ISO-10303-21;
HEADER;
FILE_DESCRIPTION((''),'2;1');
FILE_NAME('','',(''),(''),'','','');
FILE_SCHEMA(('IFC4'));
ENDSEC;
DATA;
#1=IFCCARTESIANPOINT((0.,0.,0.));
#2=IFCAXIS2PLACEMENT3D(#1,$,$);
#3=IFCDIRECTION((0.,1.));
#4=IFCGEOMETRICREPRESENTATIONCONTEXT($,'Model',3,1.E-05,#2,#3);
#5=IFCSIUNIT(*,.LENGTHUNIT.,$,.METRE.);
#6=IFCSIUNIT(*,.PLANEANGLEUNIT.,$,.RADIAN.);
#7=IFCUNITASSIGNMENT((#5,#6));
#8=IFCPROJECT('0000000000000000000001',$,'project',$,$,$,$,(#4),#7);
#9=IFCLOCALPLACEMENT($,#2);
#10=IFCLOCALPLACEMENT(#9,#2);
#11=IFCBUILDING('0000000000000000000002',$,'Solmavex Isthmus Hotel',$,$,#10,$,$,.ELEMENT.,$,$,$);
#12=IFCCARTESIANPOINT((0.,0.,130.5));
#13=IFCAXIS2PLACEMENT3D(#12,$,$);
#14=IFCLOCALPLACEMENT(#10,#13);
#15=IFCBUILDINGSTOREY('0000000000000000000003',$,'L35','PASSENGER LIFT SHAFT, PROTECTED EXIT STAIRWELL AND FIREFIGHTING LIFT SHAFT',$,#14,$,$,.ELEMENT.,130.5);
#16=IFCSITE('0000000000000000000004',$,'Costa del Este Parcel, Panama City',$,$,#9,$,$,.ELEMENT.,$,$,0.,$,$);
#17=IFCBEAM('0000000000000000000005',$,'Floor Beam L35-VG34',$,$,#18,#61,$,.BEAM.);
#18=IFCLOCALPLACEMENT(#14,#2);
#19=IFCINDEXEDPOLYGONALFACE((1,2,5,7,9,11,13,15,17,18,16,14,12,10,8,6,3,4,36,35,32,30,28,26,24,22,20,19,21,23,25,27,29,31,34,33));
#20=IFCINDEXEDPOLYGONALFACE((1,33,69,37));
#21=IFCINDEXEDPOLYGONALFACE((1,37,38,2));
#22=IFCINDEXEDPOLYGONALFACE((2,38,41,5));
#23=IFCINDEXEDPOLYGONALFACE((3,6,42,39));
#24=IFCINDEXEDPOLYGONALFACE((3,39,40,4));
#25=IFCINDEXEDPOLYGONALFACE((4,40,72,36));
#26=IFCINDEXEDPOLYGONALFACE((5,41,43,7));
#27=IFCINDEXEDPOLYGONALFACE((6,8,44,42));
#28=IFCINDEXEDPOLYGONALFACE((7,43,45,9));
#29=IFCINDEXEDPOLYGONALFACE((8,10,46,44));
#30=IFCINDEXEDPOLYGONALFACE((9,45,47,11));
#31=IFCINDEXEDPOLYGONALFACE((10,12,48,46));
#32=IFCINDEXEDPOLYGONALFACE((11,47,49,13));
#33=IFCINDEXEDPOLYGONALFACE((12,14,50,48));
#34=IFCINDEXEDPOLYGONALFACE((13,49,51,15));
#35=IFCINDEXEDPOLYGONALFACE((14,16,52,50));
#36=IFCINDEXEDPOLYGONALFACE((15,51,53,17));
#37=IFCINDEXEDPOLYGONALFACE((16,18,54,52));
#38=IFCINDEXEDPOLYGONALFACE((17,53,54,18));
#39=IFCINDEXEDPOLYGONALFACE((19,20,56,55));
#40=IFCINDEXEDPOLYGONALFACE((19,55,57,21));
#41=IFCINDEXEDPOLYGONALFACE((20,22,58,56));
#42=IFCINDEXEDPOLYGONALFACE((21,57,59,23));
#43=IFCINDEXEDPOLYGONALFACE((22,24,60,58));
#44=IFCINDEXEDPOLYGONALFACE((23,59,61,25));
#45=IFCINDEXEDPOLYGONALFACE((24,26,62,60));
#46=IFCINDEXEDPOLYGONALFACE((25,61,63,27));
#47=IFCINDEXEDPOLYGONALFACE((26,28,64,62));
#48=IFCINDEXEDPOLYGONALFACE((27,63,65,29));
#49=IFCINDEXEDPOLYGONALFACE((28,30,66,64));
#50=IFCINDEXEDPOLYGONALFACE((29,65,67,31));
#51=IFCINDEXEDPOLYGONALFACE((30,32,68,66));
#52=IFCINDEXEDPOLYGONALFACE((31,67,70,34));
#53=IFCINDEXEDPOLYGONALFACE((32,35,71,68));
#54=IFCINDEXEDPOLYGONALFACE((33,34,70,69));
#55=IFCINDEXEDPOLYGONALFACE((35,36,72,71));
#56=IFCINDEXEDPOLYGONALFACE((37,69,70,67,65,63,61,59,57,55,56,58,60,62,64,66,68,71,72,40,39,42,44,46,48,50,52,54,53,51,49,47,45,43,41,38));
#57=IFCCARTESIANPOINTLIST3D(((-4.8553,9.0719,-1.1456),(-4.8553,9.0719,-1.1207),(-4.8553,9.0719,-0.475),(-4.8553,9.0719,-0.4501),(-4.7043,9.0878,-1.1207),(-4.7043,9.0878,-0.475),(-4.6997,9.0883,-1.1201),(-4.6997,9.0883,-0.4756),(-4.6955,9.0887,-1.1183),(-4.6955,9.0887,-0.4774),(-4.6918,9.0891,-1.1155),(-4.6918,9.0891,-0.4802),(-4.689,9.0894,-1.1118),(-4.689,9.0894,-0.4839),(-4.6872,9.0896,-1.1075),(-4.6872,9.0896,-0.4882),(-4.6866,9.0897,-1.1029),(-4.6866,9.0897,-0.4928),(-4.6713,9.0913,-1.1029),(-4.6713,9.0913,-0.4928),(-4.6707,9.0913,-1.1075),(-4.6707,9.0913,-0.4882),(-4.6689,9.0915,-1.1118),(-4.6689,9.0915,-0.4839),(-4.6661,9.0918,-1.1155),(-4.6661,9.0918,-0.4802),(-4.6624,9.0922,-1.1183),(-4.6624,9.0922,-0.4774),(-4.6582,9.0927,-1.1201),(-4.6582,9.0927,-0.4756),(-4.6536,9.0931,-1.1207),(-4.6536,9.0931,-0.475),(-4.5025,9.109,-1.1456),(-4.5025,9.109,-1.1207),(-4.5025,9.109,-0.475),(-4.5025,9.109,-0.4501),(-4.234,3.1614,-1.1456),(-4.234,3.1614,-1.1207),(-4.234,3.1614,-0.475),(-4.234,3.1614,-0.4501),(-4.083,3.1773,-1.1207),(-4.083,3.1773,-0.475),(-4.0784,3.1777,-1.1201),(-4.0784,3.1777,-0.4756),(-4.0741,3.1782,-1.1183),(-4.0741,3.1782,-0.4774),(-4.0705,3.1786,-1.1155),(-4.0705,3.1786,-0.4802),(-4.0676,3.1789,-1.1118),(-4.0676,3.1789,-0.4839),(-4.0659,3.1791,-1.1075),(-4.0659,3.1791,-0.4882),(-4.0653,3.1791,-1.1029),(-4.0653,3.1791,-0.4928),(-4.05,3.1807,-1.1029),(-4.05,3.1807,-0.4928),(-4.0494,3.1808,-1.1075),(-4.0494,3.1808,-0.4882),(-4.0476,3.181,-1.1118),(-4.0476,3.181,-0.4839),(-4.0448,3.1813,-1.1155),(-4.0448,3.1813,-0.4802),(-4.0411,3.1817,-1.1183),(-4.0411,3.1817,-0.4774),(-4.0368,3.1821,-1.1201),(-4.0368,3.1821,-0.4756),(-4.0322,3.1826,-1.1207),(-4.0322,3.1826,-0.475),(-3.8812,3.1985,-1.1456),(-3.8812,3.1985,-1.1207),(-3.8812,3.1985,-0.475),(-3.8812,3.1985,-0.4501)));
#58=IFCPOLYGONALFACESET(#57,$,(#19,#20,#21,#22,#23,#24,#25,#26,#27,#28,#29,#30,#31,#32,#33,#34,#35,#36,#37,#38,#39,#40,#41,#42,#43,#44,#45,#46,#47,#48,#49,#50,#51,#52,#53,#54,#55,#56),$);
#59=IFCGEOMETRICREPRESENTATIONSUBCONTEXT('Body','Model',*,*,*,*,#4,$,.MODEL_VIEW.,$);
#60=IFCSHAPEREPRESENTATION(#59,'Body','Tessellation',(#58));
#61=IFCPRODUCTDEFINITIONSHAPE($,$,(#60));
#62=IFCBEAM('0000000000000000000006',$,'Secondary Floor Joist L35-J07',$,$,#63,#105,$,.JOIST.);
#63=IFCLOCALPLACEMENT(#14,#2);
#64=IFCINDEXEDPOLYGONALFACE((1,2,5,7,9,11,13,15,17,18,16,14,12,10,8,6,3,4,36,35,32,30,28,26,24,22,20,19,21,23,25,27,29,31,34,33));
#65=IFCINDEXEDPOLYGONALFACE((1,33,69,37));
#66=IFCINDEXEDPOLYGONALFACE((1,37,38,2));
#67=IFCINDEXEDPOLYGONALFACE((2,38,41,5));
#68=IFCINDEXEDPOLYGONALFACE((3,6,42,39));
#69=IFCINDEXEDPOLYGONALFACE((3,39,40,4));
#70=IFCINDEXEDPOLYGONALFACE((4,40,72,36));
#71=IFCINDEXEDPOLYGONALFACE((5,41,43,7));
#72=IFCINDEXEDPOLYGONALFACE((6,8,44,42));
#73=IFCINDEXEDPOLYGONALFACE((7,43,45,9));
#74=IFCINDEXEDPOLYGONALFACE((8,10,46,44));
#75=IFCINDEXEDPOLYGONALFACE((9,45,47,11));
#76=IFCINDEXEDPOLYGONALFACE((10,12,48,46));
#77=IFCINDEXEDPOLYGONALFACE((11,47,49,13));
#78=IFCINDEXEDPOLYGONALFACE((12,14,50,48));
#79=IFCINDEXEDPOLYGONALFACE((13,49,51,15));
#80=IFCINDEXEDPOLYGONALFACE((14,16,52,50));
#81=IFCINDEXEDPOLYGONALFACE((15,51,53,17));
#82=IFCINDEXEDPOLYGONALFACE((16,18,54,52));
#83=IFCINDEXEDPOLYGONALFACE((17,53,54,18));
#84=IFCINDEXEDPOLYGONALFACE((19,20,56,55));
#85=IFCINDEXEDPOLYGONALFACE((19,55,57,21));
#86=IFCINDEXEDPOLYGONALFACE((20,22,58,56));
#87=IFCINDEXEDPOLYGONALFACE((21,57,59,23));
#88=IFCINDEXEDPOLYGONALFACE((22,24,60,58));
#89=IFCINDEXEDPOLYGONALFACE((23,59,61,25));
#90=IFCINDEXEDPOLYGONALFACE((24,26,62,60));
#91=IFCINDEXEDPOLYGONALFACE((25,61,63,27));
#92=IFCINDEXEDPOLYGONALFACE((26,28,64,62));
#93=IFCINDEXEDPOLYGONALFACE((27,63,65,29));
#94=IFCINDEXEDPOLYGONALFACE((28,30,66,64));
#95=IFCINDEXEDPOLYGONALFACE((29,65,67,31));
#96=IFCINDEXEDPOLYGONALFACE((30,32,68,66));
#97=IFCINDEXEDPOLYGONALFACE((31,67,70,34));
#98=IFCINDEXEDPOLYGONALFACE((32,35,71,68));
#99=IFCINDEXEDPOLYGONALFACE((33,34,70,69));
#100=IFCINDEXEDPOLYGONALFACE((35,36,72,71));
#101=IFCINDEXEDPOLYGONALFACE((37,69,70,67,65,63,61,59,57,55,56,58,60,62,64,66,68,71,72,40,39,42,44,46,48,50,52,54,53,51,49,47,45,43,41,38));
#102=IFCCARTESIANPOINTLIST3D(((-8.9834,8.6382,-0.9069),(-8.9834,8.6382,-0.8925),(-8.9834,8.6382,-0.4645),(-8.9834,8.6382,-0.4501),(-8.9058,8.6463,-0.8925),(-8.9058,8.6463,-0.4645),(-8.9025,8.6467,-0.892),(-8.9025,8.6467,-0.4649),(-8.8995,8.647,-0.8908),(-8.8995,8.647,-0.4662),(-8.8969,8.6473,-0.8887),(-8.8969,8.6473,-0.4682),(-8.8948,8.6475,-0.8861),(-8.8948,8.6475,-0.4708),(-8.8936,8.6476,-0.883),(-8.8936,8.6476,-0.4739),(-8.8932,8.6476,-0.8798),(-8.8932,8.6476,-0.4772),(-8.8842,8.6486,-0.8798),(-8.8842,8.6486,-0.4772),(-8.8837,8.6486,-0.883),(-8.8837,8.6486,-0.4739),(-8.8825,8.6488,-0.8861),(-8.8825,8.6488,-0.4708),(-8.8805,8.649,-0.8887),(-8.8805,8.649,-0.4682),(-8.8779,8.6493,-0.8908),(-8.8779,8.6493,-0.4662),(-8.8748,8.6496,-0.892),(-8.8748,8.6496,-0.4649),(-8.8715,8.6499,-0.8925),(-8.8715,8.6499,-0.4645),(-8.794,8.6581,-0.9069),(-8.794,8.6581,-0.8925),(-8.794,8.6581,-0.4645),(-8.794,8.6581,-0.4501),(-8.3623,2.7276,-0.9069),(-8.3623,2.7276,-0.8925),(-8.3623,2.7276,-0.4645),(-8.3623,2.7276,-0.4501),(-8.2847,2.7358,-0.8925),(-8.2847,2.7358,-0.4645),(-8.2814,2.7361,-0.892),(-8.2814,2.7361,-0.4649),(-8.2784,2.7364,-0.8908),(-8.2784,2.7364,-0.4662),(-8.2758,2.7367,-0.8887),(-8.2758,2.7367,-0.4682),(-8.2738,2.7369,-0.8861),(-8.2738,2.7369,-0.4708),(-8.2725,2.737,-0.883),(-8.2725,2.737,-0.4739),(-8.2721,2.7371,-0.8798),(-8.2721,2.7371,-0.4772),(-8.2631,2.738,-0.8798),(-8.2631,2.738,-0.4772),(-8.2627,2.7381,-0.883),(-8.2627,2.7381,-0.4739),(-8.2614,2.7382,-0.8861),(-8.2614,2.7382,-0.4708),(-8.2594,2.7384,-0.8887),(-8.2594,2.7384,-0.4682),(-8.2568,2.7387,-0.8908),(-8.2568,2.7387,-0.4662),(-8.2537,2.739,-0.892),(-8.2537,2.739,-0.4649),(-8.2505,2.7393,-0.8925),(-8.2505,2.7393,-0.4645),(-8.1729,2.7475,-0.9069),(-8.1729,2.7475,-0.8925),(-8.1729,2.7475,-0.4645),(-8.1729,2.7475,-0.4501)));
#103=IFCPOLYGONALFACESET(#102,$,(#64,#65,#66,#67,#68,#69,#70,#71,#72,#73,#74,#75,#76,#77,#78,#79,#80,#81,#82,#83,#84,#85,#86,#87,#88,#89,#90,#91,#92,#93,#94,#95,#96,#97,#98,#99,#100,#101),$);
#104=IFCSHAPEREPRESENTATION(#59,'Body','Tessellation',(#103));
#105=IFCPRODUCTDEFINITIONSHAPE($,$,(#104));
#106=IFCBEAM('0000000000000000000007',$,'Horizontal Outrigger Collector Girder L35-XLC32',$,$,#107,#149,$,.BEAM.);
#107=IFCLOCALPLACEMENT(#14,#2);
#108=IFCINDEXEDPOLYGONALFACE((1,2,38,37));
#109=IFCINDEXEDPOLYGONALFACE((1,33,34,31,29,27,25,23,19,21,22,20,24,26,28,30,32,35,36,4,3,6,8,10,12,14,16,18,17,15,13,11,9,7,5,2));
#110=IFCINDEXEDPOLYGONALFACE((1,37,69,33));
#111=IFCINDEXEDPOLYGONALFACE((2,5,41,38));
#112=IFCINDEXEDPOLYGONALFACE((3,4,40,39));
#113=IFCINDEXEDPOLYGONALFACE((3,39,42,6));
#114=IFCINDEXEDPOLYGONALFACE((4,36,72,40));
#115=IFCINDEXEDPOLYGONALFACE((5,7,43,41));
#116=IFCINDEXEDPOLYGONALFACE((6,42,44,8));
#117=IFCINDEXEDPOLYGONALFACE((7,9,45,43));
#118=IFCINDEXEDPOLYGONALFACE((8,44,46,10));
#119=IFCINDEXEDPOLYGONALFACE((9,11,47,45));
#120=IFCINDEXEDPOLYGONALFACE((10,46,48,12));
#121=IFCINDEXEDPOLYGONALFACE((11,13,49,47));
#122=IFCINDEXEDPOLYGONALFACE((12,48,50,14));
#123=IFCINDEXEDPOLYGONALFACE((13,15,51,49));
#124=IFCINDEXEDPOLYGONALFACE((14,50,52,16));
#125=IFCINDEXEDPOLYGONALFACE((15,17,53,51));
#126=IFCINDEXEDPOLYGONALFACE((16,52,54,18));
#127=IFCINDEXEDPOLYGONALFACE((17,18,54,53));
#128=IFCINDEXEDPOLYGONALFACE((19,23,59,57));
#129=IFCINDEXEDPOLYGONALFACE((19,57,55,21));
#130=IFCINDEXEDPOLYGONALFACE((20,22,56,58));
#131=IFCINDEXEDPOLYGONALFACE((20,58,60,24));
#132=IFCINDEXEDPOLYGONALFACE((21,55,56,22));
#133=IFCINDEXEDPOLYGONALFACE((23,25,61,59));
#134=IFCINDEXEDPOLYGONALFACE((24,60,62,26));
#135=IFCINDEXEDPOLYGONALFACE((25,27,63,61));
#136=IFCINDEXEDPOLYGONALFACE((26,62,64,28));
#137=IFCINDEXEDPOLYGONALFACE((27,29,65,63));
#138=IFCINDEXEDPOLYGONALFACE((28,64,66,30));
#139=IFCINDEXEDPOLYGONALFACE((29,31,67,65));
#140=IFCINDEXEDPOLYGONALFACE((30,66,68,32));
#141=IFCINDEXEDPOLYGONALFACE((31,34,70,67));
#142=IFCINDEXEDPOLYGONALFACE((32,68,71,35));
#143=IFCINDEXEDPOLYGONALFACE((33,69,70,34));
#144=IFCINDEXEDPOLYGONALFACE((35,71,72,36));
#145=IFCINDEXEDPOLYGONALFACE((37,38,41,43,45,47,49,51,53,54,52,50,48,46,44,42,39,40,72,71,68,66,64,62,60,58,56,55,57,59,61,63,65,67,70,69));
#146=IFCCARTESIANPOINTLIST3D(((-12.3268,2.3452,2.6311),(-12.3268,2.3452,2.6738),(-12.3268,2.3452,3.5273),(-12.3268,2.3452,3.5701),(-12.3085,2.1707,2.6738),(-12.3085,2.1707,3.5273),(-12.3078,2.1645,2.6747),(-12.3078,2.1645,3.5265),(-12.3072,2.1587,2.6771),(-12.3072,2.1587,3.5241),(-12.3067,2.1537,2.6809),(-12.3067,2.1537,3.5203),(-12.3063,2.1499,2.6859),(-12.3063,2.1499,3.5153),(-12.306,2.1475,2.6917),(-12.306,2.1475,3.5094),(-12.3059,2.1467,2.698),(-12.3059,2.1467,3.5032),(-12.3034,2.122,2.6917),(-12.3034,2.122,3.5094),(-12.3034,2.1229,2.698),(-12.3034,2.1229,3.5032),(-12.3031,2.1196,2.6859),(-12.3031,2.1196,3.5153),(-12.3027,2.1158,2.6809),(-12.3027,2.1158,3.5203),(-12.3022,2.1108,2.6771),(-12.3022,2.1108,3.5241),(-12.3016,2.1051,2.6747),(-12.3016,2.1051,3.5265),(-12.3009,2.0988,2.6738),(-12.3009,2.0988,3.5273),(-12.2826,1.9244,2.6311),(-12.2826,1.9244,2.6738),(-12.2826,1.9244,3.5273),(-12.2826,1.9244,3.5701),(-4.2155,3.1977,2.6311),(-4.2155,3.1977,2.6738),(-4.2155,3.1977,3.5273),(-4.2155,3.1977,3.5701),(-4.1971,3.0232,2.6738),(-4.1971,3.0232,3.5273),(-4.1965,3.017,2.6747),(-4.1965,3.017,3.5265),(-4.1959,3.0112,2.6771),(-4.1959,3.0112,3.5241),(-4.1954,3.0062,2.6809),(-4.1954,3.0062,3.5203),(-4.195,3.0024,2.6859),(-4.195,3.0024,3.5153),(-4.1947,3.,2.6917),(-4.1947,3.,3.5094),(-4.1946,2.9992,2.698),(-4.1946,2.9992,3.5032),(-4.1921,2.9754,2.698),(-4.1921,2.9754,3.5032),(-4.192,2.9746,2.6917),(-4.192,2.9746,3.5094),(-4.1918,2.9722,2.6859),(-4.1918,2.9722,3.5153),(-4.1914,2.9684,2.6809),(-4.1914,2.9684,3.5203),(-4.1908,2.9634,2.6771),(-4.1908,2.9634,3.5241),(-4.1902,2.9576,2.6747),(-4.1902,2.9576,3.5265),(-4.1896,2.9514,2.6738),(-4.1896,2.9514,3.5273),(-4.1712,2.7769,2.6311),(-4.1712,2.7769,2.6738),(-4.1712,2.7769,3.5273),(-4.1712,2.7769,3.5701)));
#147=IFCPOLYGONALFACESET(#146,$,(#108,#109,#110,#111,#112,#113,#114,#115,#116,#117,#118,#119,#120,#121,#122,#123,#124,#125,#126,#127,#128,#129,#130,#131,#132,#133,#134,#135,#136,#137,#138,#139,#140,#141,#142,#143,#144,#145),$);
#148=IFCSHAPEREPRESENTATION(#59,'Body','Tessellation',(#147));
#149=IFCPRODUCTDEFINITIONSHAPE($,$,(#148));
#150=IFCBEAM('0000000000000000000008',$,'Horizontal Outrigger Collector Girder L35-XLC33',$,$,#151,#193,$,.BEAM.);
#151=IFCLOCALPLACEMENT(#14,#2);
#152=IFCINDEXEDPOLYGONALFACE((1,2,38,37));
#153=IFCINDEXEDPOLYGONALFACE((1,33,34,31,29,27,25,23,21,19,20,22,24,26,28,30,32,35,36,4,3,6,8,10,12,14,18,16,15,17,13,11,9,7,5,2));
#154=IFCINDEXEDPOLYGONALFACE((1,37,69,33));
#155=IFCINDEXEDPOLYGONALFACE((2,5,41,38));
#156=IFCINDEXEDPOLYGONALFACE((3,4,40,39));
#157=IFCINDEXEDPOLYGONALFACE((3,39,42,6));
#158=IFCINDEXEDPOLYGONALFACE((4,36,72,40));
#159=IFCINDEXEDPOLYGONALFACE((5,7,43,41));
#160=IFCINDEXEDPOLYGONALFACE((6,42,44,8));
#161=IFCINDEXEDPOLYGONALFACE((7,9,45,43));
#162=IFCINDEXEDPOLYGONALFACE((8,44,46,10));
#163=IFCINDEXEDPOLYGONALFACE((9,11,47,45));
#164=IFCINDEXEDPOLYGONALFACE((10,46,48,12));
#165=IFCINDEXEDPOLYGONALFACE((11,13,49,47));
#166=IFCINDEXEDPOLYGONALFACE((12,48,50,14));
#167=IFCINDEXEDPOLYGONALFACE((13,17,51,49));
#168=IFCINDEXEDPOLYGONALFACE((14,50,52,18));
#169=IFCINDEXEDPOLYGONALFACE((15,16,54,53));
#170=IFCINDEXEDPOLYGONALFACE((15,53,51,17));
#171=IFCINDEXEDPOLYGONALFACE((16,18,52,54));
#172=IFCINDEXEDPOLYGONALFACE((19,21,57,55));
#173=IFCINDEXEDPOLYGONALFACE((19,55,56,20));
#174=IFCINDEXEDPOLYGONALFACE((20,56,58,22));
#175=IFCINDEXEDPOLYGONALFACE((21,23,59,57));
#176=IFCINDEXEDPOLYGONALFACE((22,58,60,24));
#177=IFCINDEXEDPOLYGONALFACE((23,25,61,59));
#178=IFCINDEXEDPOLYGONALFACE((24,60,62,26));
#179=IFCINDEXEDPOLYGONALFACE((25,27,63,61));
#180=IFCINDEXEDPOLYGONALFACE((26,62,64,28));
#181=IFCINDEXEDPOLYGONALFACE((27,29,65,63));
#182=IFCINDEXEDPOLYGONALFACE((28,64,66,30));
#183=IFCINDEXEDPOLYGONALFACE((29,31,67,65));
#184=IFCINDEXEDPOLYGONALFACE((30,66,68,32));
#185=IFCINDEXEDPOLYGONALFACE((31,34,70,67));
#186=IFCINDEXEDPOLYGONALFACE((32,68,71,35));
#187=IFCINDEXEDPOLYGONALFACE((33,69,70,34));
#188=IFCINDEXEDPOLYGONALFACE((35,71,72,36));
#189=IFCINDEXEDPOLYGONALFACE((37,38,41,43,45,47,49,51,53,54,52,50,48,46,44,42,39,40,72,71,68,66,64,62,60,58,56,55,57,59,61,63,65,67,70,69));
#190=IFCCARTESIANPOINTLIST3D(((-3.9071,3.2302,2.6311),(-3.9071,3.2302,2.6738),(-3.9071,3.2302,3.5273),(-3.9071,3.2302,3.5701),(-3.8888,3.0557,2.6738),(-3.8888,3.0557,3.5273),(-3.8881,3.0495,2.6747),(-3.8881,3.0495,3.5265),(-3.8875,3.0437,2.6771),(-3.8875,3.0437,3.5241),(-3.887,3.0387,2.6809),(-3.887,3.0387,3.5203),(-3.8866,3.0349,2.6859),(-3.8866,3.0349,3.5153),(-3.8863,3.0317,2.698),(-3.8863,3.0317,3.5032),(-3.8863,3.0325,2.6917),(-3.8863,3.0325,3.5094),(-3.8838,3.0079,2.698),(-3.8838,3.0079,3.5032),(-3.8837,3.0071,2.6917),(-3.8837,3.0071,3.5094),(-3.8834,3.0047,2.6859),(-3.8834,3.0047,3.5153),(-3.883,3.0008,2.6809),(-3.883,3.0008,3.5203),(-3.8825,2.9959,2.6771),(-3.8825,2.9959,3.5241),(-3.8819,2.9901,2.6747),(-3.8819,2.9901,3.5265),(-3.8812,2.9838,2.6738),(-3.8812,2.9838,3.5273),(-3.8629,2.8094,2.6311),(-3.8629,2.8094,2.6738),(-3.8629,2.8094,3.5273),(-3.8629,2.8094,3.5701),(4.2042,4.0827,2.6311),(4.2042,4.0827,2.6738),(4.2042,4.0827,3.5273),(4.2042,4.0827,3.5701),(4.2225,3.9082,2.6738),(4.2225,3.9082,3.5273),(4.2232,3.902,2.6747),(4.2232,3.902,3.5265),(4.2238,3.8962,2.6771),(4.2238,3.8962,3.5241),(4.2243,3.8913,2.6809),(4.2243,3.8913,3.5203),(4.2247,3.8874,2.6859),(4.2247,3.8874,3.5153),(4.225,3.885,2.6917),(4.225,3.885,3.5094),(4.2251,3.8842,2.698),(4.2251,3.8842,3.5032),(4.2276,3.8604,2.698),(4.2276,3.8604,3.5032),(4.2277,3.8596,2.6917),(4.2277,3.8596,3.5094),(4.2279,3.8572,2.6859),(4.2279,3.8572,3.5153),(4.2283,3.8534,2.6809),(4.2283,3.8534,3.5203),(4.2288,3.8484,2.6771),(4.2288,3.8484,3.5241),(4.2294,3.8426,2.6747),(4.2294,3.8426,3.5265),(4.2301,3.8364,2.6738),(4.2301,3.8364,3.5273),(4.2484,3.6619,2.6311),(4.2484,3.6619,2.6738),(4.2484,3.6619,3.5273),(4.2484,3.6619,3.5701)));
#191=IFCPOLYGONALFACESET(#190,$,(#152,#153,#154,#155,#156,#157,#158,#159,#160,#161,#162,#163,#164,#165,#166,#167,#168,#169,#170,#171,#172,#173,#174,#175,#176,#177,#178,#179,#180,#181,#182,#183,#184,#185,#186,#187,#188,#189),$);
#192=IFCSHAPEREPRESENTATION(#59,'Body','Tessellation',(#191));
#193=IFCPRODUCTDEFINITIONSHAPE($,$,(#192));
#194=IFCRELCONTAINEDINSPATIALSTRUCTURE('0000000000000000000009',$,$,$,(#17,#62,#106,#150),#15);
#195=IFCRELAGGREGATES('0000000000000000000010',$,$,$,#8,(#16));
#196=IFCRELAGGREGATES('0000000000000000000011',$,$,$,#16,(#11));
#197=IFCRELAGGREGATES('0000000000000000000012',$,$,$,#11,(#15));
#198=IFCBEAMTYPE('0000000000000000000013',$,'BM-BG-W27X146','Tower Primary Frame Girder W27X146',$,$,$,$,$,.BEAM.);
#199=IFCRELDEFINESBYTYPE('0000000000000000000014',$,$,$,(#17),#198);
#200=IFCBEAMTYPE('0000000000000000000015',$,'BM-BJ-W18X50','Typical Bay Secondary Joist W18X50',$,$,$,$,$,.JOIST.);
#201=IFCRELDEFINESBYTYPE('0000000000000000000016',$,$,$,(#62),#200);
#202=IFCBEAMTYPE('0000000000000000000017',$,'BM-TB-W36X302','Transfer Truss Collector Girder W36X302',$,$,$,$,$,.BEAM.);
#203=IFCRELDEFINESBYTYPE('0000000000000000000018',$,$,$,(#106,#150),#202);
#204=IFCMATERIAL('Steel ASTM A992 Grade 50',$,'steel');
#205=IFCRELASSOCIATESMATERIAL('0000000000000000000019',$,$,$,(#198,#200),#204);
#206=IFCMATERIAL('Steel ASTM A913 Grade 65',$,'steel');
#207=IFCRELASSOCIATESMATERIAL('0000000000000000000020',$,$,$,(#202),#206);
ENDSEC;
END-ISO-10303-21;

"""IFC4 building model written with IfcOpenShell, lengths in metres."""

from ifc_helpers import new_model, si_unit, direction, frame, origin, origin_2d, place, context, subcontext, project, spatial, i_section, extrude, material, material_profile, profile_set, type_object, element, save


model = new_model("IFC4")

# Units and contexts
model_context = context("Model", 3, precision=1e-05, world=origin(), true_north=direction((0.0, 1.0)))
body_context = subcontext(model_context, "Body", "Model", "MODEL_VIEW")
ifc_project = project(units=[si_unit("LENGTHUNIT", "METRE"), si_unit("PLANEANGLEUNIT", "RADIAN")], contexts=[model_context])

# Site, building, storey
site_placement = place(None, origin())
site = spatial("IfcSite", under=ifc_project, at=site_placement, Name="Costa del Este Parcel, Panama City", CompositionType="ELEMENT", RefElevation=0.0)
building_placement = place(site_placement, origin())
building = spatial("IfcBuilding", under=site, at=building_placement, Name="Solmavex Isthmus Hotel", CompositionType="ELEMENT")
storey_placement = place(building_placement, frame((0.0, 0.0, 130.5)))
storey = spatial("IfcBuildingStorey", under=building, at=storey_placement, Name="L35", Description="PASSENGER LIFT SHAFT, PROTECTED EXIT STAIRWELL AND FIREFIGHTING LIFT SHAFT", CompositionType="ELEMENT", Elevation=130.5)

# Shared definitions
ifc_material_1 = material(Name="Steel ASTM A913 Grade 65", Category="steel")

# Beams
ifc_material_2 = material(Name="Steel ASTM A992 Grade 50", Category="steel")
ifc_material_profile_1 = material_profile(ifc_material_2, i_section(OverallWidth=0.3547, OverallDepth=0.6956, WebThickness=0.0154, FlangeThickness=0.0249, FilletRadius=0.0178, at=origin_2d()), Name="W27X146")
ifc_profile_set_1 = profile_set([ifc_material_profile_1], Name="Steel ASTM A992 Grade 50")
beam_type_1 = type_object("IfcBeamType", Name="BM-BG-W27X146", Description="Tower Primary Frame Girder W27X146", PredefinedType="BEAM", material=ifc_profile_set_1)
beam_1_placement = place(storey_placement, frame((-4.0576, 3.1799, -0.7979), z_axis=(-0.104546, 0.99452, 0.0), x_axis=(-0.99452, -0.104546, 0.0)))
element("IfcBeam", 1, at=beam_1_placement, inside=storey, type_object=beam_type_1, Name="Floor Beam L35-VG34", PredefinedType="BEAM", context=body_context, shape_type="SweptSolid", body=[
    extrude(i_section(OverallWidth=0.3547, OverallDepth=0.6956, WebThickness=0.0154, FlangeThickness=0.0249, FilletRadius=0.0178, at=origin_2d()), origin(), (0.0, 0.0, 1.0), 5.9431),
])
ifc_material_profile_2 = material_profile(ifc_material_2, i_section(OverallWidth=0.1904, OverallDepth=0.4568, WebThickness=0.009, FlangeThickness=0.0144, FilletRadius=0.0127, at=origin_2d()), Name="W18X50")
ifc_profile_set_2 = profile_set([ifc_material_profile_2], Name="Steel ASTM A992 Grade 50")
beam_type_2 = type_object("IfcBeamType", Name="BM-BJ-W18X50", Description="Typical Bay Secondary Joist W18X50", PredefinedType="JOIST", material=ifc_profile_set_2)
beam_2_placement = place(storey_placement, frame((-8.2676, 2.7375, -0.6785), z_axis=(-0.104505, 0.994524, 0.0), x_axis=(-0.994524, -0.104505, 0.0)))
element("IfcBeam", 2, at=beam_2_placement, inside=storey, type_object=beam_type_2, Name="Secondary Floor Joist L35-J07", PredefinedType="JOIST", context=body_context, shape_type="SweptSolid", body=[
    extrude(i_section(OverallWidth=0.1904, OverallDepth=0.4568, WebThickness=0.009, FlangeThickness=0.0144, FilletRadius=0.0127, at=origin_2d()), origin(), (0.0, 0.0, 1.0), 5.9431),
])
ifc_material_profile_3 = material_profile(ifc_material_1, i_section(OverallWidth=0.4231, OverallDepth=0.939, WebThickness=0.0239, FlangeThickness=0.0427, FilletRadius=0.0242, at=origin_2d()), Name="W36X302")
ifc_profile_set_3 = profile_set([ifc_material_profile_3], Name="Steel ASTM A913 Grade 65")
beam_type_3 = type_object("IfcBeamType", Name="BM-TB-W36X302", Description="Transfer Truss Collector Girder W36X302", PredefinedType="BEAM", material=ifc_profile_set_3)
for number, where, z_axis, x_axis, name in (
    (3, (-12.3047, 2.1348, 3.1006), (0.994522, 0.104529, 0.0), (-0.104529, 0.994522, 0.0), "Horizontal Outrigger Collector Girder L35-XLC32"),
    (4, (-3.885, 3.0198, 3.1006), (0.994522, 0.104529, 0.0), (-0.104529, 0.994522, 0.0), "Horizontal Outrigger Collector Girder L35-XLC33"),
):
    element("IfcBeam", number, at=place(storey_placement, frame(where, z_axis=z_axis, x_axis=x_axis)), inside=storey, type_object=beam_type_3, Name=name, PredefinedType="BEAM", context=body_context, shape_type="SweptSolid", body=[
        extrude(i_section(OverallWidth=0.4231, OverallDepth=0.939, WebThickness=0.0239, FlangeThickness=0.0427, FilletRadius=0.0242, at=origin_2d()), origin(), (0.0, 0.0, 1.0), 8.156),
    ])

save(model, "model.ifc")
